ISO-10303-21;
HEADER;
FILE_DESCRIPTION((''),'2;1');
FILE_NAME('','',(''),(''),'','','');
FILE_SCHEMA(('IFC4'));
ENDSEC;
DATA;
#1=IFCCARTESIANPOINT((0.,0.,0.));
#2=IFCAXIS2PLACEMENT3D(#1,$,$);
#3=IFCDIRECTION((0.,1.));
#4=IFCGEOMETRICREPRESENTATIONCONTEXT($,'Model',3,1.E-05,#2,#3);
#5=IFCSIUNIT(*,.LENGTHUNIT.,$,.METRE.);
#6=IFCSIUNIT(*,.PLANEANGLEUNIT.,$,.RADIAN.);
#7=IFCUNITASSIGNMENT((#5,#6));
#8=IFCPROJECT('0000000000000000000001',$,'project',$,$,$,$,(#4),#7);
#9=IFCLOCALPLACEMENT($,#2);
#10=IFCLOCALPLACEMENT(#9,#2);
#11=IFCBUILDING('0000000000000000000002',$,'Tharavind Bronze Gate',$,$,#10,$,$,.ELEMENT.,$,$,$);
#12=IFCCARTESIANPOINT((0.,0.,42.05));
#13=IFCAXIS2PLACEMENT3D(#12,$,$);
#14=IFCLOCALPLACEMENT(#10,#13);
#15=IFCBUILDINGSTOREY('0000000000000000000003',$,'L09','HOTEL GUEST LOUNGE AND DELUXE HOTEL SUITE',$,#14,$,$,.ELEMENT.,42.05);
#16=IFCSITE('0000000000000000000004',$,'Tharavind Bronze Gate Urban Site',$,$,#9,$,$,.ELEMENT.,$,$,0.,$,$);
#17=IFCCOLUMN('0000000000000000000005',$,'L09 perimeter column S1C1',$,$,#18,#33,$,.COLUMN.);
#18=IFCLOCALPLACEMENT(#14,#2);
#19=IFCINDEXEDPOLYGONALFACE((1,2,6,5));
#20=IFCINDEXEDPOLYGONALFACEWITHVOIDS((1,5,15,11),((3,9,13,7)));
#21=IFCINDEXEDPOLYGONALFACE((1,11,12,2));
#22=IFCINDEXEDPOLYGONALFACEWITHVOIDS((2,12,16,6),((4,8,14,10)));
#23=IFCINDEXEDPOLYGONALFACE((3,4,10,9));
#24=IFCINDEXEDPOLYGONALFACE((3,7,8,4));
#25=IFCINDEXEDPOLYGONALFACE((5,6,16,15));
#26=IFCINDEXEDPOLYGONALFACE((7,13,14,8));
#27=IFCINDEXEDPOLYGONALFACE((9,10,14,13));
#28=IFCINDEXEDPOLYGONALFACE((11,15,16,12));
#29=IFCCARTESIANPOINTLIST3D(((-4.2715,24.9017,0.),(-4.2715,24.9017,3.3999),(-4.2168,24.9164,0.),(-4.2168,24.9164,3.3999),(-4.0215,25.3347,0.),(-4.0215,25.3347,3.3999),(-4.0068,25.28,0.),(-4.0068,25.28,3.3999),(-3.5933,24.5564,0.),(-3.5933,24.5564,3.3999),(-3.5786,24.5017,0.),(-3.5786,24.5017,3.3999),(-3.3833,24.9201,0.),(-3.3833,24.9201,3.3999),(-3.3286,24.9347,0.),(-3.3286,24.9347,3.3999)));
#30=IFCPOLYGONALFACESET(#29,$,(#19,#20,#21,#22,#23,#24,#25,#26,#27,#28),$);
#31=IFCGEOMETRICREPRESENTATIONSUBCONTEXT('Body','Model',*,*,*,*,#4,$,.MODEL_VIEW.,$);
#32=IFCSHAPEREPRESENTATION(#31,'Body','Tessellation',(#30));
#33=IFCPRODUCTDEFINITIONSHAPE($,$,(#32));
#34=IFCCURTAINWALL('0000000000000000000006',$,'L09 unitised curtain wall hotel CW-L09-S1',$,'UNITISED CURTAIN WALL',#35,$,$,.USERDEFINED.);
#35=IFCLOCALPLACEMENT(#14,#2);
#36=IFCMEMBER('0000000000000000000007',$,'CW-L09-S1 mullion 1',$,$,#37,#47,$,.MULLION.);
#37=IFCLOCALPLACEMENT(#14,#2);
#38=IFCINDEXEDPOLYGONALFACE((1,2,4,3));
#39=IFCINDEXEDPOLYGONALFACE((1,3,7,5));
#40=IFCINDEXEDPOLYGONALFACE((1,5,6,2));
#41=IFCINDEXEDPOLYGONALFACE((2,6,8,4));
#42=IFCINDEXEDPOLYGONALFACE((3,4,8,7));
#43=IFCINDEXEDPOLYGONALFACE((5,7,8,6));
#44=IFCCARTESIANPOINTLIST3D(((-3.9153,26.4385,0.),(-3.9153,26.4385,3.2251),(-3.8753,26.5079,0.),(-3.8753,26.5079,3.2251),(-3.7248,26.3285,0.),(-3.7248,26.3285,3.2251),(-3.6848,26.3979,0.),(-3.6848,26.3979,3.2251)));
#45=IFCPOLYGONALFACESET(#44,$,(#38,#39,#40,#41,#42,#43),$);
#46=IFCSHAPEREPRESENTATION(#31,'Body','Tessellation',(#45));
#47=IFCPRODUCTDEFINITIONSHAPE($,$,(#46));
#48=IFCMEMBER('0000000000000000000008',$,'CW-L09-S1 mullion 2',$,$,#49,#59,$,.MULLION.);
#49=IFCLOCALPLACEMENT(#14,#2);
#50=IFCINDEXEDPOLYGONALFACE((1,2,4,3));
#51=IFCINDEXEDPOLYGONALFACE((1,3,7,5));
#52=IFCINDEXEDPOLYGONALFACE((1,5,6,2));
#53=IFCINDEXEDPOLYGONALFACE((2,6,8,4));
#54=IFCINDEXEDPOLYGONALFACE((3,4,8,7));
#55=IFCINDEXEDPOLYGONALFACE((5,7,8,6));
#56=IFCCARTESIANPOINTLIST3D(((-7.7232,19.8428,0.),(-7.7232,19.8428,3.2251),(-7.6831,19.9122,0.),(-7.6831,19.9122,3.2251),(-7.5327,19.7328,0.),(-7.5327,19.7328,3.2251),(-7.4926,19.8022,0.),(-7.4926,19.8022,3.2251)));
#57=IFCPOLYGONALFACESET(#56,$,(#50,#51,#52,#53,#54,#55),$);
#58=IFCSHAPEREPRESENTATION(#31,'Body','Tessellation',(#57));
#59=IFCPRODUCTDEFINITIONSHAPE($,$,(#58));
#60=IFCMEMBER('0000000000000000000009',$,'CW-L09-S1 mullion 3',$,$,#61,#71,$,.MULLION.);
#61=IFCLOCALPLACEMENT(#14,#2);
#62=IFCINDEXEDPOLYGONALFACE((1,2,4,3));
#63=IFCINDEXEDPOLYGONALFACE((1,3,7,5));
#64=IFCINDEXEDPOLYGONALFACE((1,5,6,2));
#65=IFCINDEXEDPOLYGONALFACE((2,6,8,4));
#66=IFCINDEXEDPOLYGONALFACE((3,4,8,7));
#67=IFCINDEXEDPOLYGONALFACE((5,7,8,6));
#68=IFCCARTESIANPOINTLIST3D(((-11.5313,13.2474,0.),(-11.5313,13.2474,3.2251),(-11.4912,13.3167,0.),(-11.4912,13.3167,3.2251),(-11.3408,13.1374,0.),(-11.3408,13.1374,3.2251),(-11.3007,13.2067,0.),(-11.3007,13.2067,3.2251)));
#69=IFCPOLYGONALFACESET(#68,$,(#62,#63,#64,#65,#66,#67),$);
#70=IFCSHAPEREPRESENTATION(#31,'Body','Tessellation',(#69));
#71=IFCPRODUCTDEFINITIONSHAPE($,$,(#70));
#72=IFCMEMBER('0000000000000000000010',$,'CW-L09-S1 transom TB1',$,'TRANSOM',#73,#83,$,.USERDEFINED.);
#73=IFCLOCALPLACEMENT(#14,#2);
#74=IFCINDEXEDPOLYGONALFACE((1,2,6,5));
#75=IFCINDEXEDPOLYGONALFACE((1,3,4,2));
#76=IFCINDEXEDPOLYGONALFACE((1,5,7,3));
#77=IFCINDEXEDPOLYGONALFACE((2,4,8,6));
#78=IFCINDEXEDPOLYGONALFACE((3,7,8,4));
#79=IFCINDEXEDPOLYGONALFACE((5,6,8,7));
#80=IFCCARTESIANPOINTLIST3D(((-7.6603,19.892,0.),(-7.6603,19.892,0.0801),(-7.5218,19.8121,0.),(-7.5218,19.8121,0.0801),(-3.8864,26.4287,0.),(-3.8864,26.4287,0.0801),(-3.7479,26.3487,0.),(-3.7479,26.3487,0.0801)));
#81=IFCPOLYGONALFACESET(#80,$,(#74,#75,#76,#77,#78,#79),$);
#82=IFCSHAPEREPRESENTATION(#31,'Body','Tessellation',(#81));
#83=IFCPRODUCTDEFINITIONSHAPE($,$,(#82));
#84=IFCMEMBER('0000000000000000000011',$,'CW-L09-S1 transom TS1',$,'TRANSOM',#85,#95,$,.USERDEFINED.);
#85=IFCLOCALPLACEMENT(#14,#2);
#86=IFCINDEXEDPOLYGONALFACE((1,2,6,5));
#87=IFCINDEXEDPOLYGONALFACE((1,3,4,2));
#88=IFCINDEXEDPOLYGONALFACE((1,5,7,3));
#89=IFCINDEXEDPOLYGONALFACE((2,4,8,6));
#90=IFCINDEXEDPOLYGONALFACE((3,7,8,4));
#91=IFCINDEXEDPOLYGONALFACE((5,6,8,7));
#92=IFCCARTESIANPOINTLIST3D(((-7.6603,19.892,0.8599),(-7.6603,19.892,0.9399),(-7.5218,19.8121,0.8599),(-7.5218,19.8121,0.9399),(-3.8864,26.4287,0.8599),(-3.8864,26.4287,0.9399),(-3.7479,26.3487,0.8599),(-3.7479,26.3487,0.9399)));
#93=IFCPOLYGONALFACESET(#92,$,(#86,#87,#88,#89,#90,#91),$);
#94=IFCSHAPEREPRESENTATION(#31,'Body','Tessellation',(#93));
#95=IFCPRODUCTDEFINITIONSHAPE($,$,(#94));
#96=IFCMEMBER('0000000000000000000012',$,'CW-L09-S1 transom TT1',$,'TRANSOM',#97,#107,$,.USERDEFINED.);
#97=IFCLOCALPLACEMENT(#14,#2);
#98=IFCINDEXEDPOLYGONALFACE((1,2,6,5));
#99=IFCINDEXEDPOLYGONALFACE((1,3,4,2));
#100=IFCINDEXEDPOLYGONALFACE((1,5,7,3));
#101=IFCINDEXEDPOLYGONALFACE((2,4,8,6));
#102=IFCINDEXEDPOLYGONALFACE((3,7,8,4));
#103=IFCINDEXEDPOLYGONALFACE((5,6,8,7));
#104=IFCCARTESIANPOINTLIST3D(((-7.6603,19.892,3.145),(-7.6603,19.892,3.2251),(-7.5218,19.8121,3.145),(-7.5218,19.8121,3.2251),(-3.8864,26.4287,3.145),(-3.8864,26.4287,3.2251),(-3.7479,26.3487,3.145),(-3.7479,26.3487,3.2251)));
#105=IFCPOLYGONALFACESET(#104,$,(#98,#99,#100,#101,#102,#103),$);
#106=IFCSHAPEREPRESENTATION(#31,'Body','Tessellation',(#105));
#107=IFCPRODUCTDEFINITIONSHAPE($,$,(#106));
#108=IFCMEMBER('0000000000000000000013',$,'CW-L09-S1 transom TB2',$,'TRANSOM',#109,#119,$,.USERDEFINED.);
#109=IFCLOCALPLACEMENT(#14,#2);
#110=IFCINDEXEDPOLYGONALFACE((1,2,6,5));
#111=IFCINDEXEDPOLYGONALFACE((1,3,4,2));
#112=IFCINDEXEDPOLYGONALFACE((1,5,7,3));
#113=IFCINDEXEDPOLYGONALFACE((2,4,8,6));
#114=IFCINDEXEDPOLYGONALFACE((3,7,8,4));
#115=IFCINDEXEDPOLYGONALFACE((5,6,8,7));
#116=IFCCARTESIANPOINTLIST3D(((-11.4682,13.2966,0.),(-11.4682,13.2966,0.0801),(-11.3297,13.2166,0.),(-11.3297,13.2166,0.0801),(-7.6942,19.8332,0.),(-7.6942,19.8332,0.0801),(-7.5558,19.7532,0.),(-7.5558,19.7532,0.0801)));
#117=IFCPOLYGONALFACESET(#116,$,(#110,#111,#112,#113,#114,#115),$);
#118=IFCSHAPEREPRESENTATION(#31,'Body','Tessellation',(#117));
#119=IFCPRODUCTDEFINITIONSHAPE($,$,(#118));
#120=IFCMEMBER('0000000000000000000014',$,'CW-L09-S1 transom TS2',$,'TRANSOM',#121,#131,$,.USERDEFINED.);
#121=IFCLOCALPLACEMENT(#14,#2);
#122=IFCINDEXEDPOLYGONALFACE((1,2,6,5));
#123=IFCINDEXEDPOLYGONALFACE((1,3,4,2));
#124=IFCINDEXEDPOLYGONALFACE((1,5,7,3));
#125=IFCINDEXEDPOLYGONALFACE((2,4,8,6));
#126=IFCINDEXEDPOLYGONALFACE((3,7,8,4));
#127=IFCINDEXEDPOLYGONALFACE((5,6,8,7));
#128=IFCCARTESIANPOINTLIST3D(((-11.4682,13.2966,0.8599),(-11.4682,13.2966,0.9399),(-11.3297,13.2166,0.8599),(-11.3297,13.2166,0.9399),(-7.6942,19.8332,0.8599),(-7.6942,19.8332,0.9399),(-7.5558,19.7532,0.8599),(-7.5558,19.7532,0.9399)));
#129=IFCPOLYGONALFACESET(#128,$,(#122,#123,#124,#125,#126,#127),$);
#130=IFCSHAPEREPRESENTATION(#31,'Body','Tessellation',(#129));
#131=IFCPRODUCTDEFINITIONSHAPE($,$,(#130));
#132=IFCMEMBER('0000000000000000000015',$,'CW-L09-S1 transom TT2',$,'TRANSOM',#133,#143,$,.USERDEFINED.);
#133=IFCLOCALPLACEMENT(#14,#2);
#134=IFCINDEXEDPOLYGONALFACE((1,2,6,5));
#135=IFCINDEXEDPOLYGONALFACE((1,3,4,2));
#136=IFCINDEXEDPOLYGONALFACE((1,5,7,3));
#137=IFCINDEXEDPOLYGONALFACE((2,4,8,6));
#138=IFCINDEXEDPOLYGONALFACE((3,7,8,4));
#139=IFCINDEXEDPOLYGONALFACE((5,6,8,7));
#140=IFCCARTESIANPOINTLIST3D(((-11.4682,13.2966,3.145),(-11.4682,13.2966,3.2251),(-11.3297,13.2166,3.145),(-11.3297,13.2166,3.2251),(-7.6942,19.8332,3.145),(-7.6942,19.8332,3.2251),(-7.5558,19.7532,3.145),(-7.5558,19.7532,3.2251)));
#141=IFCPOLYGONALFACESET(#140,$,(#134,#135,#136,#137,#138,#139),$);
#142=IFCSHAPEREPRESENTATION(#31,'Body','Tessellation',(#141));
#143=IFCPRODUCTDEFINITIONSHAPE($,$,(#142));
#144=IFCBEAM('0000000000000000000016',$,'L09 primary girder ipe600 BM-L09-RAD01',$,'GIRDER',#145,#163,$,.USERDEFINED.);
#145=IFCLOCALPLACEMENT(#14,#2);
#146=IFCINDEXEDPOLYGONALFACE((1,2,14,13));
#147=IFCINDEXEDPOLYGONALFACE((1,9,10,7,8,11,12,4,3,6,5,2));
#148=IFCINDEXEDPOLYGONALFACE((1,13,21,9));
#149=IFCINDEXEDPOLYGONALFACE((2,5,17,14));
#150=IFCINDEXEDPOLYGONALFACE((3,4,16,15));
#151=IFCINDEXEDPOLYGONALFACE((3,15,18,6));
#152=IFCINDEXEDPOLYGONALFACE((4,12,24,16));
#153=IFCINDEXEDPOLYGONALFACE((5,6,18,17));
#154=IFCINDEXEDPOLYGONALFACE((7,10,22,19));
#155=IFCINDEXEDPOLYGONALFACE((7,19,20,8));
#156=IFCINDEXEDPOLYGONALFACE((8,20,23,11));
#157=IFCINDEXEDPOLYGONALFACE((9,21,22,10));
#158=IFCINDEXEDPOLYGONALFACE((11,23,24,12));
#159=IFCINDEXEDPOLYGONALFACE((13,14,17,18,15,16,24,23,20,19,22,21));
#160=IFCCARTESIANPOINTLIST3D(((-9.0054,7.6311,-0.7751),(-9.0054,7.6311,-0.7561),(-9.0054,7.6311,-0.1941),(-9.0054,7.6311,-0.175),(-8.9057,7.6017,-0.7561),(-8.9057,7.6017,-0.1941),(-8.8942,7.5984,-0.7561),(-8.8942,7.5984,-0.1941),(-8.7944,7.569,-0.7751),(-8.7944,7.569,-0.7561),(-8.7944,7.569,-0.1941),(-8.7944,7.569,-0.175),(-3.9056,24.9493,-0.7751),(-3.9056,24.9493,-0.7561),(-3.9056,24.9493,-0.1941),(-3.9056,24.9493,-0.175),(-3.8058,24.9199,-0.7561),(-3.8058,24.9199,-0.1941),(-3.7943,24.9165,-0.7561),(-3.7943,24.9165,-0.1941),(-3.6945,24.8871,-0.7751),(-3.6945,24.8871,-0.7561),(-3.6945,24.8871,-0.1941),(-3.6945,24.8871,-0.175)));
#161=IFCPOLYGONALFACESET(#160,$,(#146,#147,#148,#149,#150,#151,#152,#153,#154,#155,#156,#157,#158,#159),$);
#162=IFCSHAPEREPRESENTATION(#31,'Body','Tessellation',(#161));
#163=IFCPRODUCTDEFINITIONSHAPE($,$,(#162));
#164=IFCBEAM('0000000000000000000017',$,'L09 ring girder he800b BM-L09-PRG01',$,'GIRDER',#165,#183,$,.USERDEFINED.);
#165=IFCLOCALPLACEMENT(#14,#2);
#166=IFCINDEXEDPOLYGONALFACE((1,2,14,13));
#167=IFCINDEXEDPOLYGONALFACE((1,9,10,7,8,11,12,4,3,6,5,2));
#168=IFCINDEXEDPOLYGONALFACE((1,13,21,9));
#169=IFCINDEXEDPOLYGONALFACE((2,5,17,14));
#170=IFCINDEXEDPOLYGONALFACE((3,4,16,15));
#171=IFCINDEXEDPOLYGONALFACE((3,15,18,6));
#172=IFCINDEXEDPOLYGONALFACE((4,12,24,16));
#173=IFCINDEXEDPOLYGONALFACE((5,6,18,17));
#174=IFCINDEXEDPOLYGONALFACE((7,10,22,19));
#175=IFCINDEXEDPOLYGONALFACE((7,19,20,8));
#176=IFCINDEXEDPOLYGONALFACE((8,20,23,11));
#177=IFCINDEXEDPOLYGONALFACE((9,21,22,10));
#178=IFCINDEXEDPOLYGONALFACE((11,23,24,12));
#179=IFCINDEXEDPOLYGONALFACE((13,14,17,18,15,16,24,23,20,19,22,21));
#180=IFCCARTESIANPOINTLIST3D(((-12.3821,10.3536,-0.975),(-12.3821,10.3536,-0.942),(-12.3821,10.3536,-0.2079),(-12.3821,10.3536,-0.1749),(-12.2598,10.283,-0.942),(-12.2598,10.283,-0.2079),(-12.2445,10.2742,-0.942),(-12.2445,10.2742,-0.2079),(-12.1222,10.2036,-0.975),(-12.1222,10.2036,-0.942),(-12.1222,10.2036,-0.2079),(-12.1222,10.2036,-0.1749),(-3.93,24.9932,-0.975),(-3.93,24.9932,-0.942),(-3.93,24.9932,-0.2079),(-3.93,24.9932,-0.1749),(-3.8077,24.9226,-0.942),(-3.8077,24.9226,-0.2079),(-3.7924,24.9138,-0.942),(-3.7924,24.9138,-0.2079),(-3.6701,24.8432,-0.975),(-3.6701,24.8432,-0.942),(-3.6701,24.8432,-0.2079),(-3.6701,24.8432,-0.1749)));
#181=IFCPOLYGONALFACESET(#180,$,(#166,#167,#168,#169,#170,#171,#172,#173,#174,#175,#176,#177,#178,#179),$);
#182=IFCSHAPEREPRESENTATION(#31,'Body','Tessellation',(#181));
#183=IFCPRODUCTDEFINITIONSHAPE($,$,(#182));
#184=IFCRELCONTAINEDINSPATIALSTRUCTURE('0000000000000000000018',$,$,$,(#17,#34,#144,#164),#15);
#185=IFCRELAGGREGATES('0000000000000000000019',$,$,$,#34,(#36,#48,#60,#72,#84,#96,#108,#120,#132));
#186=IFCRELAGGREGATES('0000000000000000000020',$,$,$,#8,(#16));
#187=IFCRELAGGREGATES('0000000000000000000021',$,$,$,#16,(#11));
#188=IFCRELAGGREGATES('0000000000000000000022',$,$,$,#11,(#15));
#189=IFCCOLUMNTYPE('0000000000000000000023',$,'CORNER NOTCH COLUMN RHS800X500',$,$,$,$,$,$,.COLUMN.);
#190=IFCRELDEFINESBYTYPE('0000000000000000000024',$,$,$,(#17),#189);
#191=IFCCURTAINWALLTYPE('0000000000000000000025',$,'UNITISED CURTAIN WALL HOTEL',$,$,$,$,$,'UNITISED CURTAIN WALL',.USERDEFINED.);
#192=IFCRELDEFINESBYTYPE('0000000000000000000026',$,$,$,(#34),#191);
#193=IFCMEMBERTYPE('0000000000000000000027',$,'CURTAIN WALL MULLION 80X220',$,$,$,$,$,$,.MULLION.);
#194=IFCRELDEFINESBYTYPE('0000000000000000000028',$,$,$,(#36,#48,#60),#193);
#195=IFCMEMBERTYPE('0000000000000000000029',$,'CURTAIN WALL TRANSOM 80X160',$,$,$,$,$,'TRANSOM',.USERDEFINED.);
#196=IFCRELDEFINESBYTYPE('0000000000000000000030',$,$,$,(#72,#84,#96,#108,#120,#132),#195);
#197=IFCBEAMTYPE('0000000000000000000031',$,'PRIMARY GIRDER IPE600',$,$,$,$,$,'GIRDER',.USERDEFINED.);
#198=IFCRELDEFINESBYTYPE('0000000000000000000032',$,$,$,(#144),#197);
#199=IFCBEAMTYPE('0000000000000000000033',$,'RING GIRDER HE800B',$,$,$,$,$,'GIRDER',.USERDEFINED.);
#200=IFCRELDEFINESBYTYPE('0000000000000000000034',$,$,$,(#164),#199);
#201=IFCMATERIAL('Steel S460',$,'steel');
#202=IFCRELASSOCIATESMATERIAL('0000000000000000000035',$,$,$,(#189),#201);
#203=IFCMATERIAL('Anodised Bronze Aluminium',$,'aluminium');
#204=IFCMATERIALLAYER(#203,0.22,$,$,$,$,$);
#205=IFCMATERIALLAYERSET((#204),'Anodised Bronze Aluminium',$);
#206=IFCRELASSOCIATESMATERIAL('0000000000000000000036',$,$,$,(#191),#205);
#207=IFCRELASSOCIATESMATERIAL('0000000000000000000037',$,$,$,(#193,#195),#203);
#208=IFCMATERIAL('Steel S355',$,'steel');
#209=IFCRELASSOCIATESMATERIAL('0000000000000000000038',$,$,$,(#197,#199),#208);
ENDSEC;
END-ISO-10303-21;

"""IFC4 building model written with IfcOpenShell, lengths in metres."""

from ifc_helpers import new_model, si_unit, direction, frame, origin, origin_2d, place, context, subcontext, project, spatial, rectangle, hollow_rectangle, i_section, extrude, material, layer, layer_set, material_profile, profile_set, type_object, element, aggregate, save


model = new_model("IFC4")

# Units and contexts
model_context = context("Model", 3, precision=1e-05, world=origin(), true_north=direction((0.0, 1.0)))
body_context = subcontext(model_context, "Body", "Model", "MODEL_VIEW")
ifc_project = project(units=[si_unit("LENGTHUNIT", "METRE"), si_unit("PLANEANGLEUNIT", "RADIAN")], contexts=[model_context])

# Site, building, storey
site_placement = place(None, origin())
site = spatial("IfcSite", under=ifc_project, at=site_placement, Name="Tharavind Bronze Gate Urban Site", CompositionType="ELEMENT", RefElevation=0.0)
building_placement = place(site_placement, origin())
building = spatial("IfcBuilding", under=site, at=building_placement, Name="Tharavind Bronze Gate", CompositionType="ELEMENT")
storey_placement = place(building_placement, frame((0.0, 0.0, 42.05)))
storey = spatial("IfcBuildingStorey", under=building, at=storey_placement, Name="L09", Description="HOTEL GUEST LOUNGE AND DELUXE HOTEL SUITE", CompositionType="ELEMENT", Elevation=42.05)

# Column
ifc_material_1 = material(Name="Steel S460", Category="steel")
ifc_material_profile_1 = material_profile(ifc_material_1, hollow_rectangle(XDim=0.5, YDim=0.8, WallThickness=0.04, at=origin_2d()), Name="RHS800X500X40")
ifc_profile_set_1 = profile_set([ifc_material_profile_1], Name="Steel S460")
column_type = type_object("IfcColumnType", Name="CORNER NOTCH COLUMN RHS800X500", PredefinedType="COLUMN", material=ifc_profile_set_1)
column_placement = place(storey_placement, frame((-3.8, 24.9182, 0.0), z_axis=(0.0, 0.0, 1.0), x_axis=(0.500002, 0.866025, 0.0)))
element("IfcColumn", 1, at=column_placement, inside=storey, type_object=column_type, Name="L09 perimeter column S1C1", PredefinedType="COLUMN", context=body_context, shape_type="SweptSolid", body=[
    extrude(hollow_rectangle(XDim=0.5, YDim=0.8, WallThickness=0.04, at=origin_2d()), origin(), (0.0, 0.0, 1.0), 3.3999),
])

# Curtain wall, members
ifc_material_2 = material(Name="Anodised Bronze Aluminium", Category="aluminium")
ifc_layer_1 = layer(ifc_material_2, 0.22)
ifc_layer_set_1 = layer_set([ifc_layer_1], Name="Anodised Bronze Aluminium")
curtain_wall_type = type_object("IfcCurtainWallType", Name="UNITISED CURTAIN WALL HOTEL", ElementType="UNITISED CURTAIN WALL", PredefinedType="USERDEFINED", material=ifc_layer_set_1)
curtain_wall_placement = place(storey_placement, origin())
curtain_wall = element("IfcCurtainWall", 2, at=curtain_wall_placement, inside=storey, type_object=curtain_wall_type, Name="L09 unitised curtain wall hotel CW-L09-S1", ObjectType="UNITISED CURTAIN WALL", PredefinedType="USERDEFINED")
member_type_1 = type_object("IfcMemberType", Name="CURTAIN WALL MULLION 80X220", PredefinedType="MULLION", material=ifc_material_2)
member_1_placement = place(storey_placement, frame((-3.8, 26.4182, 0.0), z_axis=(0.0, 0.0, 1.0), x_axis=(-0.500002, -0.866025, 0.0)))
member_1 = element("IfcMember", 3, at=member_1_placement, type_object=member_type_1, Name="CW-L09-S1 mullion 1", PredefinedType="MULLION", context=body_context, shape_type="SweptSolid", body=[
    extrude(rectangle(XDim=0.0801, YDim=0.22, at=origin_2d()), origin(), (0.0, 0.0, 1.0), 3.2251),
])
member_2_placement = place(storey_placement, frame((-7.6079, 19.8225, 0.0), z_axis=(0.0, 0.0, 1.0), x_axis=(-0.500002, -0.866025, 0.0)))
member_2 = element("IfcMember", 4, at=member_2_placement, type_object=member_type_1, Name="CW-L09-S1 mullion 2", PredefinedType="MULLION", context=body_context, shape_type="SweptSolid", body=[
    extrude(rectangle(XDim=0.0801, YDim=0.22, at=origin_2d()), origin(), (0.0, 0.0, 1.0), 3.2251),
])
member_3_placement = place(storey_placement, frame((-11.416, 13.2271, 0.0), z_axis=(0.0, 0.0, 1.0), x_axis=(-0.500002, -0.866025, 0.0)))
member_3 = element("IfcMember", 5, at=member_3_placement, type_object=member_type_1, Name="CW-L09-S1 mullion 3", PredefinedType="MULLION", context=body_context, shape_type="SweptSolid", body=[
    extrude(rectangle(XDim=0.0801, YDim=0.22, at=origin_2d()), origin(), (0.0, 0.0, 1.0), 3.2251),
])
member_type_2 = type_object("IfcMemberType", Name="CURTAIN WALL TRANSOM 80X160", ElementType="TRANSOM", PredefinedType="USERDEFINED", material=ifc_material_2)
member_4_placement = place(storey_placement, frame((-5.7041, 23.1204, 0.0), z_axis=(0.0, 0.0, 1.0), x_axis=(-0.500002, -0.866025, 0.0)))
member_4 = element("IfcMember", 6, at=member_4_placement, type_object=member_type_2, Name="CW-L09-S1 transom TB1", ObjectType="TRANSOM", PredefinedType="USERDEFINED", context=body_context, shape_type="SweptSolid", body=[
    extrude(rectangle(XDim=7.5479, YDim=0.1599, at=origin_2d()), origin(), (0.0, 0.0, 1.0), 0.0801),
])
member_5_placement = place(storey_placement, frame((-5.7041, 23.1204, 0.8599), z_axis=(0.0, 0.0, 1.0), x_axis=(-0.500002, -0.866025, 0.0)))
member_5 = element("IfcMember", 7, at=member_5_placement, type_object=member_type_2, Name="CW-L09-S1 transom TS1", ObjectType="TRANSOM", PredefinedType="USERDEFINED", context=body_context, shape_type="SweptSolid", body=[
    extrude(rectangle(XDim=7.5479, YDim=0.1599, at=origin_2d()), origin(), (0.0, 0.0, 1.0), 0.0801),
])
member_6_placement = place(storey_placement, frame((-5.7041, 23.1204, 3.145), z_axis=(0.0, 0.0, 1.0), x_axis=(-0.500002, -0.866025, 0.0)))
member_6 = element("IfcMember", 8, at=member_6_placement, type_object=member_type_2, Name="CW-L09-S1 transom TT1", ObjectType="TRANSOM", PredefinedType="USERDEFINED", context=body_context, shape_type="SweptSolid", body=[
    extrude(rectangle(XDim=7.5479, YDim=0.1599, at=origin_2d()), origin(), (0.0, 0.0, 1.0), 0.0801),
])
member_7_placement = place(storey_placement, frame((-9.512, 16.5249, 0.0), z_axis=(0.0, 0.0, 1.0), x_axis=(-0.500002, -0.866025, 0.0)))
member_7 = element("IfcMember", 9, at=member_7_placement, type_object=member_type_2, Name="CW-L09-S1 transom TB2", ObjectType="TRANSOM", PredefinedType="USERDEFINED", context=body_context, shape_type="SweptSolid", body=[
    extrude(rectangle(XDim=7.5479, YDim=0.1599, at=origin_2d()), origin(), (0.0, 0.0, 1.0), 0.0801),
])
member_8_placement = place(storey_placement, frame((-9.512, 16.5249, 0.8599), z_axis=(0.0, 0.0, 1.0), x_axis=(-0.500002, -0.866025, 0.0)))
member_8 = element("IfcMember", 10, at=member_8_placement, type_object=member_type_2, Name="CW-L09-S1 transom TS2", ObjectType="TRANSOM", PredefinedType="USERDEFINED", context=body_context, shape_type="SweptSolid", body=[
    extrude(rectangle(XDim=7.5479, YDim=0.1599, at=origin_2d()), origin(), (0.0, 0.0, 1.0), 0.0801),
])
member_9_placement = place(storey_placement, frame((-9.512, 16.5249, 3.145), z_axis=(0.0, 0.0, 1.0), x_axis=(-0.500002, -0.866025, 0.0)))
member_9 = element("IfcMember", 11, at=member_9_placement, type_object=member_type_2, Name="CW-L09-S1 transom TT2", ObjectType="TRANSOM", PredefinedType="USERDEFINED", context=body_context, shape_type="SweptSolid", body=[
    extrude(rectangle(XDim=7.5479, YDim=0.1599, at=origin_2d()), origin(), (0.0, 0.0, 1.0), 0.0801),
])

# Beams
ifc_material_3 = material(Name="Steel S355", Category="steel")
ifc_material_profile_2 = material_profile(ifc_material_3, i_section(OverallWidth=0.22, OverallDepth=0.6001, WebThickness=0.012, FlangeThickness=0.019, at=origin_2d()), Name="IPE600")
ifc_profile_set_2 = profile_set([ifc_material_profile_2], Name="Steel S355")
beam_type_1 = type_object("IfcBeamType", Name="PRIMARY GIRDER IPE600", ElementType="GIRDER", PredefinedType="USERDEFINED", material=ifc_profile_set_2)
beam_1_placement = place(storey_placement, frame((-3.8, 24.9182, -0.4751), z_axis=(-0.282487, -0.959271, 0.0), x_axis=(0.959271, -0.282487, 0.0)))
element("IfcBeam", 12, at=beam_1_placement, inside=storey, type_object=beam_type_1, Name="L09 primary girder ipe600 BM-L09-RAD01", ObjectType="GIRDER", PredefinedType="USERDEFINED", context=body_context, shape_type="SweptSolid", body=[
    extrude(i_section(OverallWidth=0.22, OverallDepth=0.6001, WebThickness=0.012, FlangeThickness=0.019, at=origin_2d()), origin(), (0.0, 0.0, 1.0), 18.0535),
])
ifc_material_profile_3 = material_profile(ifc_material_3, i_section(OverallWidth=0.3, OverallDepth=0.8, WebThickness=0.0176, FlangeThickness=0.033, at=origin_2d()), Name="HE800B")
ifc_profile_set_3 = profile_set([ifc_material_profile_3], Name="Steel S355")
beam_type_2 = type_object("IfcBeamType", Name="RING GIRDER HE800B", ElementType="GIRDER", PredefinedType="USERDEFINED", material=ifc_profile_set_3)
beam_2_placement = place(storey_placement, frame((-3.8, 24.9182, -0.575), z_axis=(-0.499997, -0.866027, 0.0), x_axis=(0.866027, -0.499997, 0.0)))
element("IfcBeam", 13, at=beam_2_placement, inside=storey, type_object=beam_type_2, Name="L09 ring girder he800b BM-L09-PRG01", ObjectType="GIRDER", PredefinedType="USERDEFINED", context=body_context, shape_type="SweptSolid", body=[
    extrude(i_section(OverallWidth=0.3, OverallDepth=0.8, WebThickness=0.0176, FlangeThickness=0.033, at=origin_2d()), origin(), (0.0, 0.0, 1.0), 16.9043),
])

aggregate(curtain_wall, [member_1, member_2, member_3, member_4, member_5, member_6, member_7, member_8, member_9])

save(model, "model.ifc")
